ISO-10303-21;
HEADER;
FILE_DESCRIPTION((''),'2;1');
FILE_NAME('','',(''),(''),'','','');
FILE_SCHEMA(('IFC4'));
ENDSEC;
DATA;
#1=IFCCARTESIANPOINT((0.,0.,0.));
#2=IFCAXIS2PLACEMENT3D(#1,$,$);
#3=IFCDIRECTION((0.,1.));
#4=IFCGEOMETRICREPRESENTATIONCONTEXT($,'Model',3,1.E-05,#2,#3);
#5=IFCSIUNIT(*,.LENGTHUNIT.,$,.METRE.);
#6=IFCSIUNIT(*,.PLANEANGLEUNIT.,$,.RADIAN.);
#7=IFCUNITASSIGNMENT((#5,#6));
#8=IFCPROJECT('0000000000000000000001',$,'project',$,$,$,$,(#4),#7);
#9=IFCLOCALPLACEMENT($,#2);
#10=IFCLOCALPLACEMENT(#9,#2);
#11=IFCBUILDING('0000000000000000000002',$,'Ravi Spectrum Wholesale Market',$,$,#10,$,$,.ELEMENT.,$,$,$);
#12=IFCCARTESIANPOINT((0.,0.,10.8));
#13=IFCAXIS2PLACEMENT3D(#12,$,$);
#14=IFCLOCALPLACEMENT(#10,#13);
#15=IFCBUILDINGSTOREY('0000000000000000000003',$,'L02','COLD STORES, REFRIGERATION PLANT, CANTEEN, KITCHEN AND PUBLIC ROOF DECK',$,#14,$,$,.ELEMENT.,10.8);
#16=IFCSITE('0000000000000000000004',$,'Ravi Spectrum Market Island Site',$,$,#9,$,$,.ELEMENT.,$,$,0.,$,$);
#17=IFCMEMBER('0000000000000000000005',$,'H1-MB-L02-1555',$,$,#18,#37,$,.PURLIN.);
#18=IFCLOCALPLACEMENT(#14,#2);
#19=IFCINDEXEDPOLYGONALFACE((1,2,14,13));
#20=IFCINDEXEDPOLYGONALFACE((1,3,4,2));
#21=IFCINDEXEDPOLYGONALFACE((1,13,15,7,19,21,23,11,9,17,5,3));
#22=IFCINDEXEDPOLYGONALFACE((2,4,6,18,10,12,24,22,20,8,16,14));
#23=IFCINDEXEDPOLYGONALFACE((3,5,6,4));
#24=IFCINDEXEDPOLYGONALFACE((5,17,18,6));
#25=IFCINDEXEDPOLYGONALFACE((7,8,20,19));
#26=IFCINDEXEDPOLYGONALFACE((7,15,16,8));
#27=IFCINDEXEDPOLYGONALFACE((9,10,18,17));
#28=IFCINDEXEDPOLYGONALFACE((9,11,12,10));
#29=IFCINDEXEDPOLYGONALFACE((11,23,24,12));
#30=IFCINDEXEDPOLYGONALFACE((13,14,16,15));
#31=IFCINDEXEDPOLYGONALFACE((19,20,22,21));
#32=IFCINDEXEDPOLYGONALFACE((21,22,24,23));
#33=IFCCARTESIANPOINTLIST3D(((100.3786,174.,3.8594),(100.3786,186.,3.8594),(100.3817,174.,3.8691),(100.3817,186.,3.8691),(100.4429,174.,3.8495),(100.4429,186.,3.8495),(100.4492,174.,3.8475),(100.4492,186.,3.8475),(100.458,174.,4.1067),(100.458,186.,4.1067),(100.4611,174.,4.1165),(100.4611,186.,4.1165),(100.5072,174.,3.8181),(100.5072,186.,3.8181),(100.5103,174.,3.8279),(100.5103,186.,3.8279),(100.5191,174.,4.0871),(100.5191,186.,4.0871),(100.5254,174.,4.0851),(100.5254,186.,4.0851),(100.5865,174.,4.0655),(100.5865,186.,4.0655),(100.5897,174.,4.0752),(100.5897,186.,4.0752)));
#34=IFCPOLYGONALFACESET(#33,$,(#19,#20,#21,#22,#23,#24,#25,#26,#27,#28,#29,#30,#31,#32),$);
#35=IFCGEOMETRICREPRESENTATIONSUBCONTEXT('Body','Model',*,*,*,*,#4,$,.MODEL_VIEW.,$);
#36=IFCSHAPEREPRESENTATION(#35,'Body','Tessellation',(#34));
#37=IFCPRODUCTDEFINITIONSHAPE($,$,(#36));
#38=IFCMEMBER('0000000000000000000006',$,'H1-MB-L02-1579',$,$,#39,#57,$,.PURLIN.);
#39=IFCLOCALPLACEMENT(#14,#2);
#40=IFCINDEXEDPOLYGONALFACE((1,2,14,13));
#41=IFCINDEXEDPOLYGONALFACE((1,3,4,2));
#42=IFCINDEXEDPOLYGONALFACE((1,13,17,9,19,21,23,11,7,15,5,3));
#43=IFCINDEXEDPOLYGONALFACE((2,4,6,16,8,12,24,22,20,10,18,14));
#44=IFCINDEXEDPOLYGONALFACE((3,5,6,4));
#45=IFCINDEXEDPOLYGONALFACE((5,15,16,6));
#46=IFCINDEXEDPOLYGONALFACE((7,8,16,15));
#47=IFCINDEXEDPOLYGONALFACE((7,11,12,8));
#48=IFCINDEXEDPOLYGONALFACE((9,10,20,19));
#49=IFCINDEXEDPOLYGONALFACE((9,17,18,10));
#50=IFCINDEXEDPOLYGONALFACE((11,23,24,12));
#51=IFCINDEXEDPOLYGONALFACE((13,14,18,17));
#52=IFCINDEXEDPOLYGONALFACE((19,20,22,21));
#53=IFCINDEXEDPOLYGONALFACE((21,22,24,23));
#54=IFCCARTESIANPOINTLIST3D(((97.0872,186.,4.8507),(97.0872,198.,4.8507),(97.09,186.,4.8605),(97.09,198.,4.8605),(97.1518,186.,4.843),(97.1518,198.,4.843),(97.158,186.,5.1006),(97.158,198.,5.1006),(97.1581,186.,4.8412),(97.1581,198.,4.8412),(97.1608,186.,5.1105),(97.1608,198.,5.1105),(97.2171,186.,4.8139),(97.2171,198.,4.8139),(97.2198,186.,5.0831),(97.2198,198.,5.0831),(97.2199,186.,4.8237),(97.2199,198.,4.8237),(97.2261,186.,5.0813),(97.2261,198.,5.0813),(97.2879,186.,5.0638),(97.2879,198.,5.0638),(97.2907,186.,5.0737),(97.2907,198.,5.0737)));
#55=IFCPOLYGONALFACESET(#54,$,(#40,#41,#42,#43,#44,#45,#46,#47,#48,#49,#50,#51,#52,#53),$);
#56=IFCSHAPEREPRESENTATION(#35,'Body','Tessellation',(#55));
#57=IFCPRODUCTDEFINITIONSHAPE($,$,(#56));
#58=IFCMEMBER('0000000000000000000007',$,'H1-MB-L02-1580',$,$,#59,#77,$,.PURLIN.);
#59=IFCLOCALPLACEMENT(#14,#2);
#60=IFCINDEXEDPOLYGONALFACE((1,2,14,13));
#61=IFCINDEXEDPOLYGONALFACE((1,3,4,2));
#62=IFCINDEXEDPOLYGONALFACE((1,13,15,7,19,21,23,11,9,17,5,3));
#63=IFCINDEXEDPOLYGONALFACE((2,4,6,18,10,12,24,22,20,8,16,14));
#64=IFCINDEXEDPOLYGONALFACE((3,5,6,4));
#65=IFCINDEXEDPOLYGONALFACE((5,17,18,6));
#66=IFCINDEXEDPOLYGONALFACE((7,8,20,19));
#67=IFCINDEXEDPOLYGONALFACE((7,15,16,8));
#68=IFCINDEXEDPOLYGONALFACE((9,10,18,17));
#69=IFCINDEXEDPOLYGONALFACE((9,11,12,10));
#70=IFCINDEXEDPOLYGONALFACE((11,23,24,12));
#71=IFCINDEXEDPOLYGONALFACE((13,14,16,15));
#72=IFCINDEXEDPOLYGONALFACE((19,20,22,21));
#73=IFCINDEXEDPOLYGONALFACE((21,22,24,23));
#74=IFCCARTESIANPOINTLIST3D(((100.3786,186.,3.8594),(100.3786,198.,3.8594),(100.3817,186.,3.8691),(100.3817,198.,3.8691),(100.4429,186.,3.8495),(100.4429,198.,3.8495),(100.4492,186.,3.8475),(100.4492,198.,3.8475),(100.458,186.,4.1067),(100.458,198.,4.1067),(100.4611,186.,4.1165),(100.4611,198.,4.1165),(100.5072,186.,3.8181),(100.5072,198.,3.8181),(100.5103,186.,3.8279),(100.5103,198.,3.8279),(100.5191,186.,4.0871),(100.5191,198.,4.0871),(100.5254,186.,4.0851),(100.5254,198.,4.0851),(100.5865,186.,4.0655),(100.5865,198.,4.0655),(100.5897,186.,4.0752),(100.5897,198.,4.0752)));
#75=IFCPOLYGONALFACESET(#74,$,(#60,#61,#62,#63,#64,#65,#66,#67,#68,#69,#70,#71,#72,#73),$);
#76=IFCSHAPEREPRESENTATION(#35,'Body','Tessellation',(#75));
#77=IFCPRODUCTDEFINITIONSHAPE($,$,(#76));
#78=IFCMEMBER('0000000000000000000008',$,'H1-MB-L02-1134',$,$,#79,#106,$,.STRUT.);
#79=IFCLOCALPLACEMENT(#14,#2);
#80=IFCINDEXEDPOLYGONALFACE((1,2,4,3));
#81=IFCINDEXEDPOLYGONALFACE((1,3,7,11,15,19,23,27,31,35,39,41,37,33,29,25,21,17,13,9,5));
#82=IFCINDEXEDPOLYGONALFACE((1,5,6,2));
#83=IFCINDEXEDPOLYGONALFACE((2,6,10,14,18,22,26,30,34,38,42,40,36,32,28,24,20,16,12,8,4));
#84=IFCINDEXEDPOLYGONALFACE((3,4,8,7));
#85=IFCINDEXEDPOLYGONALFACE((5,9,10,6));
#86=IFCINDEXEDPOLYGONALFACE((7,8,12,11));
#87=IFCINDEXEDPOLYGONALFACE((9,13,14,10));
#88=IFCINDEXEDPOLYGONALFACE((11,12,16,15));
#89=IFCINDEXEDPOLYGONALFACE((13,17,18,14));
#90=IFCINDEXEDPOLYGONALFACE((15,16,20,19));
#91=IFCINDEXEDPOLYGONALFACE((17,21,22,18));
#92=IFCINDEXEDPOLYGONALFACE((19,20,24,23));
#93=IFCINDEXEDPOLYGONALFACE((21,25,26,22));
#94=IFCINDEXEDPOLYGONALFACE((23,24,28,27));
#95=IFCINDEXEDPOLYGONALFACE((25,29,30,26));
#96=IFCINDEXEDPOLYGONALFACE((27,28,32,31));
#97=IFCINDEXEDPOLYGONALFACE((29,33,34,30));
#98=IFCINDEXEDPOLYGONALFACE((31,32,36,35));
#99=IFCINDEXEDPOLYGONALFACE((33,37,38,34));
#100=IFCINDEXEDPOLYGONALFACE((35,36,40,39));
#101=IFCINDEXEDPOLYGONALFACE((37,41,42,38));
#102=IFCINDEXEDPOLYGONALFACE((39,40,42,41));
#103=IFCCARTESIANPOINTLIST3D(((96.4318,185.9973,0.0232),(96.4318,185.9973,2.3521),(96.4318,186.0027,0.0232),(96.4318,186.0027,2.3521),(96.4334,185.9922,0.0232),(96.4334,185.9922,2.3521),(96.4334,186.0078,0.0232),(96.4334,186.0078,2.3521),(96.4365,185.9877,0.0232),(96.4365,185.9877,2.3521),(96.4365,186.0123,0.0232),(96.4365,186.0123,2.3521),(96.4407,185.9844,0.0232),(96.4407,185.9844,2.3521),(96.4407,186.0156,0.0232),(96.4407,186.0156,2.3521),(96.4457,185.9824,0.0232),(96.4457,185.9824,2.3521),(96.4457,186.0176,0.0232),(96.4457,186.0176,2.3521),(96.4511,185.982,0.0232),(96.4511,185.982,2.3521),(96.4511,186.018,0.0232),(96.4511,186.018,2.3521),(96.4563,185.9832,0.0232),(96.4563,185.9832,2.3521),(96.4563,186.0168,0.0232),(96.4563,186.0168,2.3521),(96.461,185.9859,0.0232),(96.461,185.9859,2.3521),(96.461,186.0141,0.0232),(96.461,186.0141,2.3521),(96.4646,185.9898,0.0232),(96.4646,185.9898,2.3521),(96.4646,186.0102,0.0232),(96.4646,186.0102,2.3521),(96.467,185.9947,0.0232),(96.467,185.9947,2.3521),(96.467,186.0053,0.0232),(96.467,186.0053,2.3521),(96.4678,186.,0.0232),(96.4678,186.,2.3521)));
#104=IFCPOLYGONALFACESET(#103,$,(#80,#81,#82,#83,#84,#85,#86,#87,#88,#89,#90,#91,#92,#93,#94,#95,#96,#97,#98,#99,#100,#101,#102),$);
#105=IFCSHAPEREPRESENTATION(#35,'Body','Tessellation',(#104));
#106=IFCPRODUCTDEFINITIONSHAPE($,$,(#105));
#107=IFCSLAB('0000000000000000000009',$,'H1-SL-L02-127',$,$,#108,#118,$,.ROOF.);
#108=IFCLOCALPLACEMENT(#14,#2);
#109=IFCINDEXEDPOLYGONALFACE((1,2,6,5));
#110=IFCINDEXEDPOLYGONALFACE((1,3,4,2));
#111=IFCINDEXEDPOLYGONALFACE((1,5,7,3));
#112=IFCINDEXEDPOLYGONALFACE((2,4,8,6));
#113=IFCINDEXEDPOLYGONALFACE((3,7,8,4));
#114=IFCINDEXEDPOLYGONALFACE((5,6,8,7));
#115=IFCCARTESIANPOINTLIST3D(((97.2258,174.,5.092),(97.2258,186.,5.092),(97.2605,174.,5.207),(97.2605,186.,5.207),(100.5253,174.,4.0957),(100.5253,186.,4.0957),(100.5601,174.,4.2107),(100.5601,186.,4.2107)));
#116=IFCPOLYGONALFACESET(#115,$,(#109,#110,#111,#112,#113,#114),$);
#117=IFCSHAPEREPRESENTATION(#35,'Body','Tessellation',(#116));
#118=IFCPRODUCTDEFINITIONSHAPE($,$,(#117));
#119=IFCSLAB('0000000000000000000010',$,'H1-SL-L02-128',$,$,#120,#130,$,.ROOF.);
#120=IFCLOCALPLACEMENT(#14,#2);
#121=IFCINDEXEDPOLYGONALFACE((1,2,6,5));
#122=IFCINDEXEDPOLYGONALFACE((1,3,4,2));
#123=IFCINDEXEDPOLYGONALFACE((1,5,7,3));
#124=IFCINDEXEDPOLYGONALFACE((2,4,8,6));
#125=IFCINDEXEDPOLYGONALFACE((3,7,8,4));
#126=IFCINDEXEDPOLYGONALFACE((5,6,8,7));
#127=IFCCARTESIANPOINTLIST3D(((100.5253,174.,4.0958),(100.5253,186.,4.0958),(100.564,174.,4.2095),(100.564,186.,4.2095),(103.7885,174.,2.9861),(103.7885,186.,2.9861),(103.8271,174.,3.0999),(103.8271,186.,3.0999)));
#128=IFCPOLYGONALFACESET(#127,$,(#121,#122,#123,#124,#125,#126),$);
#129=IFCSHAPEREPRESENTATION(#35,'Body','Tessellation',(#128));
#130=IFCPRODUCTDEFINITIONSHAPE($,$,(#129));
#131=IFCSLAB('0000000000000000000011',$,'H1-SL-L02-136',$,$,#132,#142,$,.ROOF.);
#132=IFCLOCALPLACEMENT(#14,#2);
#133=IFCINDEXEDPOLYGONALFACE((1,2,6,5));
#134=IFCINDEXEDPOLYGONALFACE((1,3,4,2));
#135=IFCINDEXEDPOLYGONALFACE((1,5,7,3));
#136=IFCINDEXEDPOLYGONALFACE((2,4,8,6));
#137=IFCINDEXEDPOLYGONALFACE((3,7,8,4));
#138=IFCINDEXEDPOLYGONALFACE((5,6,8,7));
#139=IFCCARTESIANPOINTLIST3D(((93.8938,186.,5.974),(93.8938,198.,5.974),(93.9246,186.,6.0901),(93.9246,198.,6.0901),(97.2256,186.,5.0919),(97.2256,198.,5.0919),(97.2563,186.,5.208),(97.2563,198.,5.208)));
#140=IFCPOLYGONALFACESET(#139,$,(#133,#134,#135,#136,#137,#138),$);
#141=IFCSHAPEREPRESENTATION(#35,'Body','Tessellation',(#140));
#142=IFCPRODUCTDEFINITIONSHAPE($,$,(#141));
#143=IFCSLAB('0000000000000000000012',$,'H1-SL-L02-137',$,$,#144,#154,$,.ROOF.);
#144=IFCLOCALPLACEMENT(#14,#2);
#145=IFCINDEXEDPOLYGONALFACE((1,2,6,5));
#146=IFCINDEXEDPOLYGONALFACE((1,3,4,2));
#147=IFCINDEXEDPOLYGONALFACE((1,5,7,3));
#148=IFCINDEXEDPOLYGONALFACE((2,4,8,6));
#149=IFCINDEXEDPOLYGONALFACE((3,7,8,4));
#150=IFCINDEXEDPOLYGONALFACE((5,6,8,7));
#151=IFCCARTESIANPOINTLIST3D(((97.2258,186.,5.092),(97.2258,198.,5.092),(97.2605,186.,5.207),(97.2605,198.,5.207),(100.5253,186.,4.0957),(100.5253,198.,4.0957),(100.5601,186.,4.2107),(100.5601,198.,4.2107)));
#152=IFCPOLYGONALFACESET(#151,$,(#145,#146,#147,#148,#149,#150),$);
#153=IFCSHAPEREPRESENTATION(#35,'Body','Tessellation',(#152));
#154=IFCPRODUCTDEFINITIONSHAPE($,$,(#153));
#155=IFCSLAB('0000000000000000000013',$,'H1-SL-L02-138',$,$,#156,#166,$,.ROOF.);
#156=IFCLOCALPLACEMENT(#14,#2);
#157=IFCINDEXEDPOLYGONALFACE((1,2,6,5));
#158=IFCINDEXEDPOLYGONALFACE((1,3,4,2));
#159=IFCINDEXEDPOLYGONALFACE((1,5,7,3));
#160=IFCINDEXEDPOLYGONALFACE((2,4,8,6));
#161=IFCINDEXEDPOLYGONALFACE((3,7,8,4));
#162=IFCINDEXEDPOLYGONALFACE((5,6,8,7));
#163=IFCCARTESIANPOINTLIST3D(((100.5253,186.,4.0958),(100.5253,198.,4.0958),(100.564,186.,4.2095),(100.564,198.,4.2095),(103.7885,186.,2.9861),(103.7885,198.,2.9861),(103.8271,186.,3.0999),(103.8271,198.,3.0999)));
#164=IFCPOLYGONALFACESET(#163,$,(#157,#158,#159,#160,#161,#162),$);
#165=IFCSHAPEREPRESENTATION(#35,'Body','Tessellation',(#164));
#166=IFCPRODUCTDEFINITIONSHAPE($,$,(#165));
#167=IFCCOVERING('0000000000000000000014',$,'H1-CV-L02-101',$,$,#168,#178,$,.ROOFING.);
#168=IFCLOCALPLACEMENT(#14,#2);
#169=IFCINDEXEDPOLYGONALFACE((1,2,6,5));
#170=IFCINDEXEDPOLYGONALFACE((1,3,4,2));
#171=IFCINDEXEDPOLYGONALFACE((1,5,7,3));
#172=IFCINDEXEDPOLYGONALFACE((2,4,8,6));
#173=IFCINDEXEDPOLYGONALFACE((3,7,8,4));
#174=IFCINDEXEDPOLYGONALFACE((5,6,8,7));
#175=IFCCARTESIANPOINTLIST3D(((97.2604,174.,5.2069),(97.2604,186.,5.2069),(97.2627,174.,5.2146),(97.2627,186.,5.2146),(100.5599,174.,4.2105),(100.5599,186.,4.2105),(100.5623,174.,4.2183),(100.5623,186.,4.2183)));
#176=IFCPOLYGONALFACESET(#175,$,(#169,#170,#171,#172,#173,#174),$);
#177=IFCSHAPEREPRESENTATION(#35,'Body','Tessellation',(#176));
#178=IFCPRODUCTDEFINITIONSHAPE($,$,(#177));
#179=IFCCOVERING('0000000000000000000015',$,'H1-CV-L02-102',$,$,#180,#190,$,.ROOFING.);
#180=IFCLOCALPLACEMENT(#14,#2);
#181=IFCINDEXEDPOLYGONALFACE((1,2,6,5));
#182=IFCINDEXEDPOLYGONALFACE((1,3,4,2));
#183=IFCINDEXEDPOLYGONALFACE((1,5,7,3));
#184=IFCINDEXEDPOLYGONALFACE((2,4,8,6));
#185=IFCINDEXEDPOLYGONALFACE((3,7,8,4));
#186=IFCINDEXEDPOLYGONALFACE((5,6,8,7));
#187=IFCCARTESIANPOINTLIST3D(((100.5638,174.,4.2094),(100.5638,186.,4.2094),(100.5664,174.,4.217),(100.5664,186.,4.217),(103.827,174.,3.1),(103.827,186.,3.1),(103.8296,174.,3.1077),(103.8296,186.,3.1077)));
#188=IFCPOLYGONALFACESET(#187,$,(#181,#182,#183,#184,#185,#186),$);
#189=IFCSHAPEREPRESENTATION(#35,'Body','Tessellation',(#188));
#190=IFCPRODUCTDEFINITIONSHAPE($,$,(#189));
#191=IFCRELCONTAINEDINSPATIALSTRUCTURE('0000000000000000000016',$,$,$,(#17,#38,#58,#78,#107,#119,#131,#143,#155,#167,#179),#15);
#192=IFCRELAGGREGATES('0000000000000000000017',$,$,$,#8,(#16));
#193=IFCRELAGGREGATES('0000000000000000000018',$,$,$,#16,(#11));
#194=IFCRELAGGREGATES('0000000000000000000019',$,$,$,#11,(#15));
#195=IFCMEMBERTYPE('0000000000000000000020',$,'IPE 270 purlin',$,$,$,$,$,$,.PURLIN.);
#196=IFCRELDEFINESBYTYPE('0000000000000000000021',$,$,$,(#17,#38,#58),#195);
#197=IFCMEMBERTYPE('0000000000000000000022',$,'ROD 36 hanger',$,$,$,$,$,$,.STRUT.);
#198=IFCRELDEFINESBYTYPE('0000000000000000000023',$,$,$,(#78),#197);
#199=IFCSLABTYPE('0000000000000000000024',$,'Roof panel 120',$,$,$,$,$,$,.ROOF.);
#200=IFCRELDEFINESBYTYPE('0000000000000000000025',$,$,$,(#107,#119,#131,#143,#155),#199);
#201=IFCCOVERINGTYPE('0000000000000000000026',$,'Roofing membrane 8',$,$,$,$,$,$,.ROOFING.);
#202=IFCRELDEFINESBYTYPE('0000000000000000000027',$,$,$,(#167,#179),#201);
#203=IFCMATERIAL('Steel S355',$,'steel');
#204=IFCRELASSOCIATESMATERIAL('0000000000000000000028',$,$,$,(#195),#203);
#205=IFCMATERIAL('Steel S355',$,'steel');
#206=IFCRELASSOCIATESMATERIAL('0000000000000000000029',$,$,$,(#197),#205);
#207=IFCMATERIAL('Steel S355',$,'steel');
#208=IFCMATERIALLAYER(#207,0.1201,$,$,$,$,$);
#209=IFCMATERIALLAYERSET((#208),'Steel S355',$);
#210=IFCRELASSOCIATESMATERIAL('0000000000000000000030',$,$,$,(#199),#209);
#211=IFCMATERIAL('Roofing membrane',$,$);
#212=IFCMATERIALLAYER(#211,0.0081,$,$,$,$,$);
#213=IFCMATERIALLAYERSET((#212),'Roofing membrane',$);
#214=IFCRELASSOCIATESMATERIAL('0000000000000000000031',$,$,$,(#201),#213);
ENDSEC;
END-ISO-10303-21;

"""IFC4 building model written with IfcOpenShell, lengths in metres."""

from ifc_helpers import new_model, si_unit, direction, frame, origin, origin_2d, place, context, subcontext, project, spatial, polyline, circle, i_section, outline, extrude, material, layer, layer_set, material_profile, profile_set, type_object, element, save


model = new_model("IFC4")

# Units and contexts
model_context = context("Model", 3, precision=1e-05, world=origin(), true_north=direction((0.0, 1.0)))
body_context = subcontext(model_context, "Body", "Model", "MODEL_VIEW")
ifc_project = project(units=[si_unit("LENGTHUNIT", "METRE"), si_unit("PLANEANGLEUNIT", "RADIAN")], contexts=[model_context])

# Site, building, storey
site_placement = place(None, origin())
site = spatial("IfcSite", under=ifc_project, at=site_placement, Name="Ravi Spectrum Market Island Site", CompositionType="ELEMENT", RefElevation=0.0)
building_placement = place(site_placement, origin())
building = spatial("IfcBuilding", under=site, at=building_placement, Name="Ravi Spectrum Wholesale Market", CompositionType="ELEMENT")
storey_placement = place(building_placement, frame((0.0, 0.0, 10.8)))
storey = spatial("IfcBuildingStorey", under=building, at=storey_placement, Name="L02", Description="COLD STORES, REFRIGERATION PLANT, CANTEEN, KITCHEN AND PUBLIC ROOF DECK", CompositionType="ELEMENT", Elevation=10.8)

# Members
ifc_material_1 = material(Name="Steel S355", Category="steel")
ifc_material_profile_1 = material_profile(ifc_material_1, i_section(OverallWidth=0.135, OverallDepth=0.27, WebThickness=0.0066, FlangeThickness=0.0103, at=origin_2d()))
ifc_profile_set_1 = profile_set([ifc_material_profile_1], Name="Steel S355")
member_type_1 = type_object("IfcMemberType", Name="IPE 270 purlin", PredefinedType="PURLIN", material=ifc_profile_set_1)
for number, where, z_axis, x_axis, name in (
    (1, (100.4841, 174.0, 3.9673), (0.0, 1.0, 0.0), (-0.952184, 0.0, 0.305524), "H1-MB-L02-1555"),
    (2, (97.189, 186.0, 4.9622), (0.0, 1.0, 0.0), (-0.962156, 0.0, 0.272499), "H1-MB-L02-1579"),
    (3, (100.4841, 186.0, 3.9673), (0.0, 1.0, 0.0), (-0.952184, 0.0, 0.305524), "H1-MB-L02-1580"),
):
    element("IfcMember", number, at=place(storey_placement, frame(where, z_axis=z_axis, x_axis=x_axis)), inside=storey, type_object=member_type_1, Name=name, PredefinedType="PURLIN", context=body_context, shape_type="SweptSolid", body=[
        extrude(i_section(OverallWidth=0.135, OverallDepth=0.27, WebThickness=0.0066, FlangeThickness=0.0103, at=origin_2d()), origin(), (0.0, 0.0, 1.0), 12.0),
    ])
ifc_material_2 = material(Name="Steel S355", Category="steel")
ifc_material_profile_2 = material_profile(ifc_material_2, circle(Radius=0.0181, at=origin_2d()))
ifc_profile_set_2 = profile_set([ifc_material_profile_2], Name="Steel S355")
member_type_2 = type_object("IfcMemberType", Name="ROD 36 hanger", PredefinedType="STRUT", material=ifc_profile_set_2)
member_1_placement = place(storey_placement, frame((96.4497, 186.0, 0.0232), z_axis=(0.0, 0.0, 1.0), x_axis=(1.0, 0.0, 0.0)))
element("IfcMember", 4, at=member_1_placement, inside=storey, type_object=member_type_2, Name="H1-MB-L02-1134", PredefinedType="STRUT", context=body_context, shape_type="SweptSolid", body=[
    extrude(circle(Radius=0.0181, at=origin_2d()), origin(), (0.0, 0.0, 1.0), 2.3289),
])

# Slabs
ifc_material_3 = material(Name="Steel S355", Category="steel")
ifc_layer_1 = layer(ifc_material_3, 0.1201)
ifc_layer_set_1 = layer_set([ifc_layer_1], Name="Steel S355")
slab_type = type_object("IfcSlabType", Name="Roof panel 120", PredefinedType="ROOF", material=ifc_layer_set_1)
slab_1_placement = place(storey_placement, frame((97.2605, 174.0, 5.207), z_axis=(0.28907, 0.0, 0.957308), x_axis=(0.957308, 0.0, -0.28907)))
element("IfcSlab", 5, at=slab_1_placement, inside=storey, type_object=slab_type, Name="H1-SL-L02-127", PredefinedType="ROOF", context=body_context, shape_type="SweptSolid", body=[
    extrude(outline(polyline([(0.0, 0.0), (3.4467, 0.0), (3.4467, 12.0), (0.0, 12.0), (0.0, 0.0)])), origin(), (0.0, 0.0, -1.0), 0.1201),
])
slab_2_placement = place(storey_placement, frame((100.564, 174.0, 4.2095), z_axis=(0.321938, 0.0, 0.946761), x_axis=(0.946761, 0.0, -0.321938)))
element("IfcSlab", 6, at=slab_2_placement, inside=storey, type_object=slab_type, Name="H1-SL-L02-128", PredefinedType="ROOF", context=body_context, shape_type="SweptSolid", body=[
    extrude(outline(polyline([(0.0, 0.0), (3.4467, 0.0), (3.4467, 12.0), (0.0, 12.0), (0.0, 0.0)])), origin(), (0.0, 0.0, -1.0), 0.1201),
])
slab_3_placement = place(storey_placement, frame((93.9246, 186.0, 6.0901), z_axis=(0.25593, 0.0, 0.966695), x_axis=(0.966695, 0.0, -0.25593)))
element("IfcSlab", 7, at=slab_3_placement, inside=storey, type_object=slab_type, Name="H1-SL-L02-136", PredefinedType="ROOF", context=body_context, shape_type="SweptSolid", body=[
    extrude(outline(polyline([(0.0, 0.0), (3.4466, 0.0), (3.4466, 12.0), (0.0, 12.0), (0.0, 0.0)])), origin(), (0.0, 0.0, -1.0), 0.1201),
])
slab_4_placement = place(storey_placement, frame((97.2605, 186.0, 5.207), z_axis=(0.28907, 0.0, 0.957308), x_axis=(0.957308, 0.0, -0.28907)))
element("IfcSlab", 8, at=slab_4_placement, inside=storey, type_object=slab_type, Name="H1-SL-L02-137", PredefinedType="ROOF", context=body_context, shape_type="SweptSolid", body=[
    extrude(outline(polyline([(0.0, 0.0), (3.4467, 0.0), (3.4467, 12.0), (0.0, 12.0), (0.0, 0.0)])), origin(), (0.0, 0.0, -1.0), 0.1201),
])
slab_5_placement = place(storey_placement, frame((100.564, 186.0, 4.2095), z_axis=(0.321938, 0.0, 0.946761), x_axis=(0.946761, 0.0, -0.321938)))
element("IfcSlab", 9, at=slab_5_placement, inside=storey, type_object=slab_type, Name="H1-SL-L02-138", PredefinedType="ROOF", context=body_context, shape_type="SweptSolid", body=[
    extrude(outline(polyline([(0.0, 0.0), (3.4467, 0.0), (3.4467, 12.0), (0.0, 12.0), (0.0, 0.0)])), origin(), (0.0, 0.0, -1.0), 0.1201),
])

# Coverings
ifc_material_4 = material(Name="Roofing membrane")
ifc_layer_2 = layer(ifc_material_4, 0.0081)
ifc_layer_set_2 = layer_set([ifc_layer_2], Name="Roofing membrane")
covering_type = type_object("IfcCoveringType", Name="Roofing membrane 8", PredefinedType="ROOFING", material=ifc_layer_set_2)
covering_1_placement = place(storey_placement, frame((97.2627, 174.0, 5.2146), z_axis=(0.28907, 0.0, 0.957308), x_axis=(0.957308, 0.0, -0.28907)))
element("IfcCovering", 10, at=covering_1_placement, inside=storey, type_object=covering_type, Name="H1-CV-L02-101", PredefinedType="ROOFING", context=body_context, shape_type="SweptSolid", body=[
    extrude(outline(polyline([(0.0, 0.0), (3.4467, 0.0), (3.4467, 12.0), (0.0, 12.0), (0.0, 0.0)])), origin(), (0.0, 0.0, -1.0), 0.0081),
])
covering_2_placement = place(storey_placement, frame((100.5664, 174.0, 4.217), z_axis=(0.321875, 0.0, 0.946782), x_axis=(0.946782, 0.0, -0.321875)))
element("IfcCovering", 11, at=covering_2_placement, inside=storey, type_object=covering_type, Name="H1-CV-L02-102", PredefinedType="ROOFING", context=body_context, shape_type="SweptSolid", body=[
    extrude(outline(polyline([(0.0, 0.0), (3.4466, 0.0), (3.4466, 12.0), (0.0, 12.0), (0.0, 0.0)])), origin(), (0.0, 0.0, -1.0), 0.0081),
])

save(model, "model.ifc")
